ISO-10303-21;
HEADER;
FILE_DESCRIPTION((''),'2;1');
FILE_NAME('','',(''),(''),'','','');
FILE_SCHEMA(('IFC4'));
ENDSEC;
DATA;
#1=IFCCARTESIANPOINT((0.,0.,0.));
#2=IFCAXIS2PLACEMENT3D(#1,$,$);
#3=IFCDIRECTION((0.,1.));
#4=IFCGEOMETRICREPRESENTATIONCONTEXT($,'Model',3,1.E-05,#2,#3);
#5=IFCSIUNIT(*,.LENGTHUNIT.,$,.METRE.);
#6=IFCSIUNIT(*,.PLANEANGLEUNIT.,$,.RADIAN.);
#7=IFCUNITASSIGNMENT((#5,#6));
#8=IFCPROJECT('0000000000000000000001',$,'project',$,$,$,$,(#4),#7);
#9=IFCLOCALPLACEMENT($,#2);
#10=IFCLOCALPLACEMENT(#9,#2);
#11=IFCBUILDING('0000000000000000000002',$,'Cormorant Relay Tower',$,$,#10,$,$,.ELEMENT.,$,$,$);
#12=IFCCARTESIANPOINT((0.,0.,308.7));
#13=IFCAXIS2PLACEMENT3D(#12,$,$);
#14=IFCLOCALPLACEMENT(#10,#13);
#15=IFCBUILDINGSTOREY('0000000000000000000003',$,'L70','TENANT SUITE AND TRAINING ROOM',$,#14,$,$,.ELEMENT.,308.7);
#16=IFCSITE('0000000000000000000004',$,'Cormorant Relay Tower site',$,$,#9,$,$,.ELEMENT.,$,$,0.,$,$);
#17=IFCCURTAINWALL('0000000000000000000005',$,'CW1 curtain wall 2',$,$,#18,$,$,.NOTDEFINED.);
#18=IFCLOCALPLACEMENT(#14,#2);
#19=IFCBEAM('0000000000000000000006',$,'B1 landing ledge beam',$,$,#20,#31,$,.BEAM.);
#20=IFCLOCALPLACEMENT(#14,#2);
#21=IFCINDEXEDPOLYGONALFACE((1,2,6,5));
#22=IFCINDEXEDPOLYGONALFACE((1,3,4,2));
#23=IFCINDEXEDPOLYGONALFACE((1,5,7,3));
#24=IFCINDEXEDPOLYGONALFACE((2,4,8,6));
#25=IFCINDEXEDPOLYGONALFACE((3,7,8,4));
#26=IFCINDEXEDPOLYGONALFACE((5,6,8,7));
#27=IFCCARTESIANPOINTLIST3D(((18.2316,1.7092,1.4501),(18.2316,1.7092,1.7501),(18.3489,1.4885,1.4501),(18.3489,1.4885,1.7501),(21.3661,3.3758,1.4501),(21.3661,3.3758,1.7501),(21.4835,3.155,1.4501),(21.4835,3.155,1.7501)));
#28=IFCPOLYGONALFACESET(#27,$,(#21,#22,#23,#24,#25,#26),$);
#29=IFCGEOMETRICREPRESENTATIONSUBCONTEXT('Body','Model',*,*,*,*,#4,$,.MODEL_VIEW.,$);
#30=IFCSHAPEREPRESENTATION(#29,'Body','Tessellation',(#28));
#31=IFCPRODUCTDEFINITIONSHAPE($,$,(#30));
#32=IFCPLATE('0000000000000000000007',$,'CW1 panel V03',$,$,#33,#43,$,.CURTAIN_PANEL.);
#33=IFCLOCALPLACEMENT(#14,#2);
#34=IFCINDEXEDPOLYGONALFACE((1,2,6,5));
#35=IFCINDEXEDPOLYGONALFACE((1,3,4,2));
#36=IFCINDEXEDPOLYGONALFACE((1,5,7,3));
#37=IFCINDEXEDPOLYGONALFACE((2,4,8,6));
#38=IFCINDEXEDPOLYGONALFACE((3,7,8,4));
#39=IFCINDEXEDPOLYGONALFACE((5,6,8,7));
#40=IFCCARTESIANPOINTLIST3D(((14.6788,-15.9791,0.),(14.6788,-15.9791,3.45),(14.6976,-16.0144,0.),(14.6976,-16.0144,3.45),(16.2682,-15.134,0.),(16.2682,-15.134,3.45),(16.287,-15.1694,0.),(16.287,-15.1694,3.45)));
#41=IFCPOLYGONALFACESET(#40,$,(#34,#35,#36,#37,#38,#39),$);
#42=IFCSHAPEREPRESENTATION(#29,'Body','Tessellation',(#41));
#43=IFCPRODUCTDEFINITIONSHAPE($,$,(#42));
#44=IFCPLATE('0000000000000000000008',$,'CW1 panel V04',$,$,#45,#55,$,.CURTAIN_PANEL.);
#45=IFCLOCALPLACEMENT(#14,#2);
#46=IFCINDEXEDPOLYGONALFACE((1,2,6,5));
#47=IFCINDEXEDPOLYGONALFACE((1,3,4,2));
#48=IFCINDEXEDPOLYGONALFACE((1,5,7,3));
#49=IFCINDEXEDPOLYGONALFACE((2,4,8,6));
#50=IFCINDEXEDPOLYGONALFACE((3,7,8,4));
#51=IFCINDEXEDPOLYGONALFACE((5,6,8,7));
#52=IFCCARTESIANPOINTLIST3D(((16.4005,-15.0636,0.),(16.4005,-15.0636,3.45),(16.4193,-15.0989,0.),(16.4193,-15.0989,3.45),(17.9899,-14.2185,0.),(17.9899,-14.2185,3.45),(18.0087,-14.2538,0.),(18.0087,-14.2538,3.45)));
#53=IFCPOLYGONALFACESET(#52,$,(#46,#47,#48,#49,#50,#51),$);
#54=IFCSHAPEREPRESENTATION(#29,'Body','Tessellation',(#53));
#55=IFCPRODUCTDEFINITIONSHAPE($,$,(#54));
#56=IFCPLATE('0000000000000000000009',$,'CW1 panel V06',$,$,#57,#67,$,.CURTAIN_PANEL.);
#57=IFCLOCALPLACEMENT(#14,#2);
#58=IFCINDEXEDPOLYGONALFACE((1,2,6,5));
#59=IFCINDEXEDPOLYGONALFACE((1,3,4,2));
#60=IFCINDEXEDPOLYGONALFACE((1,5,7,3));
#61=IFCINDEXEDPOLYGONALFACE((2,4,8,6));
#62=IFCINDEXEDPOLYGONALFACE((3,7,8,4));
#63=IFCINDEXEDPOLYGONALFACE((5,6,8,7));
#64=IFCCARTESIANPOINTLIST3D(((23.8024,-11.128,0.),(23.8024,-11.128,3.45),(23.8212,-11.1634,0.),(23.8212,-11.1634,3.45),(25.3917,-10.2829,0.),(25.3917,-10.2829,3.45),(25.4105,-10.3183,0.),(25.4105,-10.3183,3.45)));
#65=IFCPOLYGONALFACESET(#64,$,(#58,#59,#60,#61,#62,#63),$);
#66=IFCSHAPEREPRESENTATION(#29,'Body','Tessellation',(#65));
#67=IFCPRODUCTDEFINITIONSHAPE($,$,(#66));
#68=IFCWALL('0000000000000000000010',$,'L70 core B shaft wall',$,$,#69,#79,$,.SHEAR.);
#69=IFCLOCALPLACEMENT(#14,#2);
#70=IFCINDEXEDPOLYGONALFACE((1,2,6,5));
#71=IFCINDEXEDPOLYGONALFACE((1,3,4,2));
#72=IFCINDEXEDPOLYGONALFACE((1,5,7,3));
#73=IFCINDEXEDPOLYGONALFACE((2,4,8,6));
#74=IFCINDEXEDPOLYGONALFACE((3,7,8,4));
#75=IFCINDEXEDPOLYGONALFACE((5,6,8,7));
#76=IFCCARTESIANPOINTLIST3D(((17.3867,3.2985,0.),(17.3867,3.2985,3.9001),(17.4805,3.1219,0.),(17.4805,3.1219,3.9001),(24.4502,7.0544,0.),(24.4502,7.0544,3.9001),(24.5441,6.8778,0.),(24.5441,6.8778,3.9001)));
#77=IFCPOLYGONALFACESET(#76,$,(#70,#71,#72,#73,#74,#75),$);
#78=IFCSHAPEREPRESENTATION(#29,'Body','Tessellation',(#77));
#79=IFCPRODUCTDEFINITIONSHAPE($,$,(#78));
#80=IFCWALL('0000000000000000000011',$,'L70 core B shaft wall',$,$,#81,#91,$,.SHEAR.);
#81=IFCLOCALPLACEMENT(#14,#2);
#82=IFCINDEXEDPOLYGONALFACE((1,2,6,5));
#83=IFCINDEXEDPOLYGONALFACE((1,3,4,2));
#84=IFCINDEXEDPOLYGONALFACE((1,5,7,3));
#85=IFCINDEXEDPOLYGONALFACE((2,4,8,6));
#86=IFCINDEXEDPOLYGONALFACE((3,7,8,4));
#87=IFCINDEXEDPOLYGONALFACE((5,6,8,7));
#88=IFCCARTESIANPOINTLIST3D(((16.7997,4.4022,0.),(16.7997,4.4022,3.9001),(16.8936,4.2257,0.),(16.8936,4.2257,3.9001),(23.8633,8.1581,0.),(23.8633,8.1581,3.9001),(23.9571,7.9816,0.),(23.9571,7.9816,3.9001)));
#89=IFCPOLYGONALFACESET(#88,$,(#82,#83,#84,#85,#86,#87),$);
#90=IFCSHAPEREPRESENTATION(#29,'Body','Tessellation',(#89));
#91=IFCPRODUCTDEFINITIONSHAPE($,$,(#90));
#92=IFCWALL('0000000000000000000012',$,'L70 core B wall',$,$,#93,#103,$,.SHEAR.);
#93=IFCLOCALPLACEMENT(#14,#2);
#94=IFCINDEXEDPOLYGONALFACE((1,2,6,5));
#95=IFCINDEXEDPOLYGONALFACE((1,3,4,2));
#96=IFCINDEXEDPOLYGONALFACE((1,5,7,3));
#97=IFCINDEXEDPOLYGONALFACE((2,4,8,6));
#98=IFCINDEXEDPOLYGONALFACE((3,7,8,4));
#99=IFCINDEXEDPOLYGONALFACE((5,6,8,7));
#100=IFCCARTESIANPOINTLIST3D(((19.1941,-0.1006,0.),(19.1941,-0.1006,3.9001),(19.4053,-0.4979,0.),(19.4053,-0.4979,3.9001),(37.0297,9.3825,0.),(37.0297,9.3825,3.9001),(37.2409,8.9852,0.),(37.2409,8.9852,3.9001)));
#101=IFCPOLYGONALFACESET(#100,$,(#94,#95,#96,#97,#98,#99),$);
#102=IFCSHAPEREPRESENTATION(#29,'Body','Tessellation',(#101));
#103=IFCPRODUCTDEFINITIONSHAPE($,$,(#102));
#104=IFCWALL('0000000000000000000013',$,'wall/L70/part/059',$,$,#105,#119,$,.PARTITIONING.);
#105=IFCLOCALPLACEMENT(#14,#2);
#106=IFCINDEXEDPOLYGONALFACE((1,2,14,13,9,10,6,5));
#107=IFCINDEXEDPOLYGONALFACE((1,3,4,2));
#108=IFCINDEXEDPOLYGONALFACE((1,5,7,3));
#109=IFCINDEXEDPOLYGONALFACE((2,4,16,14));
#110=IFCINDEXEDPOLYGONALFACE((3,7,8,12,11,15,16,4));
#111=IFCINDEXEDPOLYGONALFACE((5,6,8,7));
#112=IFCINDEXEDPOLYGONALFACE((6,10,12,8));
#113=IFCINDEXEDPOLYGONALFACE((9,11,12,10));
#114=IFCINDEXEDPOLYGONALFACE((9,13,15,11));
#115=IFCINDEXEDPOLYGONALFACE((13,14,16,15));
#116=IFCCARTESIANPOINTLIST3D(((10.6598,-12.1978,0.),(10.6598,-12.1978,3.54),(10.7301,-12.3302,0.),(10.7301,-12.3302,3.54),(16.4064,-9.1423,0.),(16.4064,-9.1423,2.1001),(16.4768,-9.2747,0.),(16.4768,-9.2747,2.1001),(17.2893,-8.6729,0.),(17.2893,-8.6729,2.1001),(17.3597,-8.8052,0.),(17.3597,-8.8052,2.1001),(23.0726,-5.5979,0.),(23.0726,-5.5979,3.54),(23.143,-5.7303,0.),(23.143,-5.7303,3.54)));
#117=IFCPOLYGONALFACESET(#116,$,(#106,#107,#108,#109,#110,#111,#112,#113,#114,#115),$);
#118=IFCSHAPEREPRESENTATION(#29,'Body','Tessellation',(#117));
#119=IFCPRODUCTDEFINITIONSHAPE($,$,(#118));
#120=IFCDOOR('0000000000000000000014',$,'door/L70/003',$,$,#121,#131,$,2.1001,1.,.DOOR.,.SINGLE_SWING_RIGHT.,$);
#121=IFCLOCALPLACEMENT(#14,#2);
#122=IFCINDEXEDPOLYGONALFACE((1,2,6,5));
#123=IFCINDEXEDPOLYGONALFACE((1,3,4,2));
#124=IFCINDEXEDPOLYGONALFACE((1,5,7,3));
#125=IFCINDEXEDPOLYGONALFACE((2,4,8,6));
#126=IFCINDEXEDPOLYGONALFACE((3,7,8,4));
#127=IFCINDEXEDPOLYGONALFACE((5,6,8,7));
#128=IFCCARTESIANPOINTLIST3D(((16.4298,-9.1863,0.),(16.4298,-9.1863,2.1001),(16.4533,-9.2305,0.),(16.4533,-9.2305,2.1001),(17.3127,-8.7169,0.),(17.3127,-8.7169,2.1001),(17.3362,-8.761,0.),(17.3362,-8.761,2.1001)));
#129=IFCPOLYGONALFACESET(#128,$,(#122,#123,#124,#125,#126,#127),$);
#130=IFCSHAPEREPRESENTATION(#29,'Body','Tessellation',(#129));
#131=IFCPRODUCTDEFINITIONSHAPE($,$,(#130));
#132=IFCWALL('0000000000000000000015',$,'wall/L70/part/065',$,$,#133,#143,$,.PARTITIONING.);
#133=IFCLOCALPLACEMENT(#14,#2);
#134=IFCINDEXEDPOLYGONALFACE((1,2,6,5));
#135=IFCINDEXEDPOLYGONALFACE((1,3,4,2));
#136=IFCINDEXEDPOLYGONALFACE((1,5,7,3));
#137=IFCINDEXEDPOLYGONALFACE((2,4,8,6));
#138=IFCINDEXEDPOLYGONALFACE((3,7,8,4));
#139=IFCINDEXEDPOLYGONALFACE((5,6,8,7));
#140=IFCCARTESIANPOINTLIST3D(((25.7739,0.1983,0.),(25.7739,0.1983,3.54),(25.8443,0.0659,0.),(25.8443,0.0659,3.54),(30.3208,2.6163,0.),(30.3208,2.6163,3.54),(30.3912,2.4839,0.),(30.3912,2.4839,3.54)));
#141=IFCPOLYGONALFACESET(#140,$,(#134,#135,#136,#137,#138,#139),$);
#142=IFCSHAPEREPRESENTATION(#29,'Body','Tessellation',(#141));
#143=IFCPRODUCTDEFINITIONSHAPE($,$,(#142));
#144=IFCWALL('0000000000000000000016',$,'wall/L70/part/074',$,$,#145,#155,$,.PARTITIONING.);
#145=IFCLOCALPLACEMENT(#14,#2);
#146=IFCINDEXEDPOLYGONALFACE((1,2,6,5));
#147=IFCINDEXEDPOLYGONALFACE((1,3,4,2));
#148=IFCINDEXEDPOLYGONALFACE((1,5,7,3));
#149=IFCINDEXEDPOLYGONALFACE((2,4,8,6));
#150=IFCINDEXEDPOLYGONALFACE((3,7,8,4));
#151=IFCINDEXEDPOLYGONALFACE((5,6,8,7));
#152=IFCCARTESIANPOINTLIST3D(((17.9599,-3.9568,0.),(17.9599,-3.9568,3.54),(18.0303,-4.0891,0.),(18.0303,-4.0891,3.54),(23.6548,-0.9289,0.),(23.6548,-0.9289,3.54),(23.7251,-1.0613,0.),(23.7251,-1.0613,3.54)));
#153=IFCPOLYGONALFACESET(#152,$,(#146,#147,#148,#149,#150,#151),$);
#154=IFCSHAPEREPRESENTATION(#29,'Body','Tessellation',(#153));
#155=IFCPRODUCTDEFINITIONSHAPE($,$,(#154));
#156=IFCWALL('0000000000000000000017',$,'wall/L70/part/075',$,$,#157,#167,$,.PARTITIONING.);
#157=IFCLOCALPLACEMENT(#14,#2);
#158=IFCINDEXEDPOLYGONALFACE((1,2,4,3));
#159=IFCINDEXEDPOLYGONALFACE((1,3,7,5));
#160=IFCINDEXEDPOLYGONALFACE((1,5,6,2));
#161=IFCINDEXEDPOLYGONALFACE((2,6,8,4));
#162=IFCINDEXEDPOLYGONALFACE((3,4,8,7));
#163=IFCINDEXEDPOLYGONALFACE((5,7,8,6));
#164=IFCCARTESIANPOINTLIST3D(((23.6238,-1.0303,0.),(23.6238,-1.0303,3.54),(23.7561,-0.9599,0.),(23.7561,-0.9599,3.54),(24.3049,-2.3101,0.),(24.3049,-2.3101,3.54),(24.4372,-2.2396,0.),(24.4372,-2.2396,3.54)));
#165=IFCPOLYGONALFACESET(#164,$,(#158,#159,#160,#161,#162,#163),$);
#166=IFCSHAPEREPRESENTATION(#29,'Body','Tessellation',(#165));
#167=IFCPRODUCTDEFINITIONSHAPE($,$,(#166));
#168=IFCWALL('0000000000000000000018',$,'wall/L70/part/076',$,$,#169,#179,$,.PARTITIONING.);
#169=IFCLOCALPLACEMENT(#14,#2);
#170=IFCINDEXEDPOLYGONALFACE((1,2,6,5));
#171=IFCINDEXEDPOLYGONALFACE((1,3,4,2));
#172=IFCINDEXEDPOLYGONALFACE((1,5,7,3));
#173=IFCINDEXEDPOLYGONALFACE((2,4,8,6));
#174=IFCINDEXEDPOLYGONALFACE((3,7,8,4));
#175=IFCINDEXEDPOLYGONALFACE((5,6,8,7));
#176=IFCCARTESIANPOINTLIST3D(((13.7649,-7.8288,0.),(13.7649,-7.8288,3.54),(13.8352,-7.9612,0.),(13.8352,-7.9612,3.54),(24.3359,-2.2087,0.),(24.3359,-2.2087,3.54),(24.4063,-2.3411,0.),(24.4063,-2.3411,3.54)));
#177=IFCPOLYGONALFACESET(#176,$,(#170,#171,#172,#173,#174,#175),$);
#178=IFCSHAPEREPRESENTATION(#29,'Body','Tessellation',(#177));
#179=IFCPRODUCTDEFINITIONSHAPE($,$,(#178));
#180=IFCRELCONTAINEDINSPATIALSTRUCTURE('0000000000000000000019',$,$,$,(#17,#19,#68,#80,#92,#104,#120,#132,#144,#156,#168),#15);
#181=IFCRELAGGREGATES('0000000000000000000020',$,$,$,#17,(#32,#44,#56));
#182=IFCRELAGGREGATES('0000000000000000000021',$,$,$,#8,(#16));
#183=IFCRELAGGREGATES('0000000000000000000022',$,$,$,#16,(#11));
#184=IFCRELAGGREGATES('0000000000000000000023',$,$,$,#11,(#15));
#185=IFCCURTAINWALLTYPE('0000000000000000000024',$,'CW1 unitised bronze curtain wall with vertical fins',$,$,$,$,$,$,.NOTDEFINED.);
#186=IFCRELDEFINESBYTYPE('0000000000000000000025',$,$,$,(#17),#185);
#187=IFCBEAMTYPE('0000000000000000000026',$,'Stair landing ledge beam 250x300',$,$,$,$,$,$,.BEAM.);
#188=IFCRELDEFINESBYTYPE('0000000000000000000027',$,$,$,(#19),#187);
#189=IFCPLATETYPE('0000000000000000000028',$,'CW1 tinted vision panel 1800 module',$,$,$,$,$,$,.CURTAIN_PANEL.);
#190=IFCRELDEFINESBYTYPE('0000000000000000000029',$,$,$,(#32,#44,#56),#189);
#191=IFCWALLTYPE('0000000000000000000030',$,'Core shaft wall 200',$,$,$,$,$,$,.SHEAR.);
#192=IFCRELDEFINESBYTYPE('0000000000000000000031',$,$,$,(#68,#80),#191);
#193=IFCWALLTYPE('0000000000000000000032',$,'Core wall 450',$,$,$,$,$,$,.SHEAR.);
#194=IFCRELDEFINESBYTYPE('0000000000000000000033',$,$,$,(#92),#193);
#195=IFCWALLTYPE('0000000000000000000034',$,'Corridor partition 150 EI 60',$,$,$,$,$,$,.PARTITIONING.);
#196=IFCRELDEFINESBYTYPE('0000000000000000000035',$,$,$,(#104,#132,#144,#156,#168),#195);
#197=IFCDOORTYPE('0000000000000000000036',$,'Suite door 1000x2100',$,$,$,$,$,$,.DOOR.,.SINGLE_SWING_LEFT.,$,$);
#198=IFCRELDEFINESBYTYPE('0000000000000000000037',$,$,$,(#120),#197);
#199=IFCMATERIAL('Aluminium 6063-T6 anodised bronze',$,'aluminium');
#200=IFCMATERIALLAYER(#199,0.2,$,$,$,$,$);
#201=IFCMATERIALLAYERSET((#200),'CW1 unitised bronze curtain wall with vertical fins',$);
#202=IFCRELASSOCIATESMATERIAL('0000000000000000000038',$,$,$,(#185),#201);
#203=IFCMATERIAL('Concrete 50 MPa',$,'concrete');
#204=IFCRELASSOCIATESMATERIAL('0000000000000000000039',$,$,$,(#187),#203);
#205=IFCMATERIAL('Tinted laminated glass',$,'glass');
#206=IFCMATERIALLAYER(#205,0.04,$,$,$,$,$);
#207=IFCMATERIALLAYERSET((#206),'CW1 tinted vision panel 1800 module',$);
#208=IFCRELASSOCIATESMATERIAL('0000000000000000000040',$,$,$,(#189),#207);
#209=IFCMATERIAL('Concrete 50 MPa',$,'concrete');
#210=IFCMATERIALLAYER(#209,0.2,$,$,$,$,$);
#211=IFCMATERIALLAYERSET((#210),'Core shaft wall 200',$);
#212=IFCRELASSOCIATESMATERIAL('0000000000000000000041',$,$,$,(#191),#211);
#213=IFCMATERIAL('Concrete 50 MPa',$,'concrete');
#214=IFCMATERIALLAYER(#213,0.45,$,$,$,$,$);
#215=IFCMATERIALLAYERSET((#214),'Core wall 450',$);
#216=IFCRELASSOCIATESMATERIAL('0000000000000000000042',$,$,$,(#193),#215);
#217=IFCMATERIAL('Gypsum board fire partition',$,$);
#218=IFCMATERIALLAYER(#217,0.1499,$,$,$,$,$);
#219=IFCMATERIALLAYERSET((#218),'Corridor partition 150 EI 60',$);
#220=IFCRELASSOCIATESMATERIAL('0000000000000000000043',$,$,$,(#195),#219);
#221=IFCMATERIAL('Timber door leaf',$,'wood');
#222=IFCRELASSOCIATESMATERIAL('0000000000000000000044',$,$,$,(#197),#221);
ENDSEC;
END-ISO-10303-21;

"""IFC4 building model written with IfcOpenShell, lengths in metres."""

from ifc_helpers import new_model, si_unit, direction, frame, frame_2d, origin, origin_2d, place, context, subcontext, project, spatial, rectangle, extrude, material, layer, layer_set, material_profile, profile_set, type_object, element, fill, aggregate, save


model = new_model("IFC4")

# Units and contexts
model_context = context("Model", 3, precision=1e-05, world=origin(), true_north=direction((0.0, 1.0)))
body_context = subcontext(model_context, "Body", "Model", "MODEL_VIEW")
ifc_project = project(units=[si_unit("LENGTHUNIT", "METRE"), si_unit("PLANEANGLEUNIT", "RADIAN")], contexts=[model_context])

# Site, building, storey
site_placement = place(None, origin())
site = spatial("IfcSite", under=ifc_project, at=site_placement, Name="Cormorant Relay Tower site", CompositionType="ELEMENT", RefElevation=0.0)
building_placement = place(site_placement, origin())
building = spatial("IfcBuilding", under=site, at=building_placement, Name="Cormorant Relay Tower", CompositionType="ELEMENT")
storey_placement = place(building_placement, frame((0.0, 0.0, 308.7)))
storey = spatial("IfcBuildingStorey", under=building, at=storey_placement, Name="L70", Description="TENANT SUITE AND TRAINING ROOM", CompositionType="ELEMENT", Elevation=308.7)

# Curtain wall
ifc_material_1 = material(Name="Aluminium 6063-T6 anodised bronze", Category="aluminium")
ifc_layer_1 = layer(ifc_material_1, 0.2)
ifc_layer_set_1 = layer_set([ifc_layer_1], Name="CW1 unitised bronze curtain wall with vertical fins")
curtain_wall_type = type_object("IfcCurtainWallType", Name="CW1 unitised bronze curtain wall with vertical fins", PredefinedType="NOTDEFINED", material=ifc_layer_set_1)
curtain_wall_placement = place(storey_placement, origin())
curtain_wall = element("IfcCurtainWall", 1, at=curtain_wall_placement, inside=storey, type_object=curtain_wall_type, Name="CW1 curtain wall 2", PredefinedType="NOTDEFINED")

# Beam
ifc_material_2 = material(Name="Concrete 50 MPa", Category="concrete")
ifc_material_profile_1 = material_profile(ifc_material_2, rectangle(XDim=0.25, YDim=0.3, at=origin_2d()), Name="RC 250x300")
ifc_profile_set_1 = profile_set([ifc_material_profile_1], Name="Concrete 50 MPa")
beam_type_1 = type_object("IfcBeamType", Name="Stair landing ledge beam 250x300", PredefinedType="BEAM", material=ifc_profile_set_1)
beam_1_placement = place(storey_placement, frame((21.4248, 3.2654, 1.6001), z_axis=(-0.882965, -0.469438, 0.0), x_axis=(0.469438, -0.882965, 0.0)))
element("IfcBeam", 2, at=beam_1_placement, inside=storey, type_object=beam_type_1, Name="B1 landing ledge beam", PredefinedType="BEAM", context=body_context, shape_type="SweptSolid", body=[
    extrude(rectangle(XDim=0.25, YDim=0.3, at=origin_2d()), origin(), (0.0, 0.0, 1.0), 3.55),
])

# Plates
ifc_material_3 = material(Name="Tinted laminated glass", Category="glass")
ifc_layer_2 = layer(ifc_material_3, 0.04)
ifc_layer_set_2 = layer_set([ifc_layer_2], Name="CW1 tinted vision panel 1800 module")
plate_type = type_object("IfcPlateType", Name="CW1 tinted vision panel 1800 module", PredefinedType="CURTAIN_PANEL", material=ifc_layer_set_2)
plate_1_placement = place(storey_placement, frame((15.4829, -15.5742, 0.0), z_axis=(0.0, 0.0, 1.0), x_axis=(0.882948, 0.469472, 0.0)))
plate_1 = element("IfcPlate", 3, at=plate_1_placement, type_object=plate_type, Name="CW1 panel V03", PredefinedType="CURTAIN_PANEL", context=body_context, shape_type="SweptSolid", body=[
    extrude(rectangle(XDim=1.8, YDim=0.04, at=origin_2d()), origin(), (0.0, 0.0, 1.0), 3.45),
])
plate_2_placement = place(storey_placement, frame((17.2046, -14.6587, 0.0), z_axis=(0.0, 0.0, 1.0), x_axis=(0.882948, 0.469472, 0.0)))
plate_2 = element("IfcPlate", 4, at=plate_2_placement, type_object=plate_type, Name="CW1 panel V04", PredefinedType="CURTAIN_PANEL", context=body_context, shape_type="SweptSolid", body=[
    extrude(rectangle(XDim=1.8, YDim=0.04, at=origin_2d()), origin(), (0.0, 0.0, 1.0), 3.45),
])
plate_3_placement = place(storey_placement, frame((24.6064, -10.7231, 0.0), z_axis=(0.0, 0.0, 1.0), x_axis=(0.882948, 0.469472, 0.0)))
plate_3 = element("IfcPlate", 5, at=plate_3_placement, type_object=plate_type, Name="CW1 panel V06", PredefinedType="CURTAIN_PANEL", context=body_context, shape_type="SweptSolid", body=[
    extrude(rectangle(XDim=1.8, YDim=0.04, at=origin_2d()), origin(), (0.0, 0.0, 1.0), 3.45),
])

# Walls
ifc_material_4 = material(Name="Concrete 50 MPa", Category="concrete")
ifc_layer_3 = layer(ifc_material_4, 0.2)
ifc_layer_set_3 = layer_set([ifc_layer_3], Name="Core shaft wall 200")
wall_type_1 = type_object("IfcWallType", Name="Core shaft wall 200", PredefinedType="SHEAR", material=ifc_layer_set_3)
for number, where, z_axis, x_axis, name in (
    (6, (17.4336, 3.2102, 0.0), (0.0, 0.0, 1.0), (0.88294, 0.469485, 0.0), "L70 core B shaft wall"),
    (7, (16.8467, 4.314, 0.0), (0.0, 0.0, 1.0), (0.88294, 0.469485, 0.0), "L70 core B shaft wall"),
):
    element("IfcWall", number, at=place(storey_placement, frame(where, z_axis=z_axis, x_axis=x_axis)), inside=storey, type_object=wall_type_1, Name=name, PredefinedType="SHEAR", context=body_context, shape_type="SweptSolid", body=[
        extrude(rectangle(XDim=8.0, YDim=0.2, at=frame_2d((4.0, 0.0))), origin(), (0.0, 0.0, 1.0), 3.9001),
    ])

# Shared definitions
ifc_material_5 = material(Name="Concrete 50 MPa", Category="concrete")
ifc_layer_4 = layer(ifc_material_5, 0.45)
ifc_layer_set_4 = layer_set([ifc_layer_4], Name="Core wall 450")
wall_type_2 = type_object("IfcWallType", Name="Core wall 450", PredefinedType="SHEAR", material=ifc_layer_set_4)

# Wall
wall_1_placement = place(storey_placement, frame((19.2996, -0.2993, 0.0), z_axis=(0.0, 0.0, 1.0), x_axis=(0.882953, 0.469462, 0.0)))
element("IfcWall", 8, at=wall_1_placement, inside=storey, type_object=wall_type_2, Name="L70 core B wall", PredefinedType="SHEAR", context=body_context, shape_type="SweptSolid", body=[
    extrude(rectangle(XDim=20.2, YDim=0.45, at=frame_2d((10.1001, 0.0))), origin(), (0.0, 0.0, 1.0), 3.9001),
])

# Wall, opening, door
ifc_material_6 = material(Name="Gypsum board fire partition")
ifc_layer_5 = layer(ifc_material_6, 0.1499)
ifc_layer_set_5 = layer_set([ifc_layer_5], Name="Corridor partition 150 EI 60")
wall_type_3 = type_object("IfcWallType", Name="Corridor partition 150 EI 60", PredefinedType="PARTITIONING", material=ifc_layer_set_5)
wall_2_placement = place(storey_placement, frame((23.1079, -5.6641, 0.0), z_axis=(0.0, 0.0, 1.0), x_axis=(-0.882953, -0.469462, 0.0)))
wall_2 = element("IfcWall", 9, at=wall_2_placement, inside=storey, type_object=wall_type_3, Name="wall/L70/part/059", PredefinedType="PARTITIONING", context=body_context, shape_type="SweptSolid", body=[
    extrude(rectangle(XDim=14.0583, YDim=0.1499, at=frame_2d((7.0293, 0.0))), origin(), (0.0, 0.0, 1.0), 3.54),
])
opening_1_placement = place(wall_2_placement, frame((6.55, 0.0, 0.0)))
opening_1 = element("IfcOpeningElement", 10, at=opening_1_placement, cuts=wall_2, PredefinedType="OPENING", context=body_context, shape_type="SweptSolid", body=[
    extrude(rectangle(XDim=1.0, YDim=2.1001, at=frame_2d((0.5, 1.05))), frame((0.0, 0.085, 0.0), z_axis=(0.0, -1.0, 0.0), x_axis=(1.0, 0.0, 0.0)), (0.0, 0.0, 1.0), 0.1699),
])
ifc_material_7 = material(Name="Timber door leaf", Category="wood")
door_type_1 = type_object("IfcDoorType", Name="Suite door 1000x2100", OperationType="SINGLE_SWING_LEFT", PredefinedType="DOOR", material=ifc_material_7)
door_1_placement = place(opening_1_placement, origin())
door_1 = element("IfcDoor", 11, at=door_1_placement, inside=storey, type_object=door_type_1, Name="door/L70/003", OperationType="SINGLE_SWING_RIGHT", OverallHeight=2.1001, OverallWidth=1.0, PredefinedType="DOOR", context=body_context, shape_type="SweptSolid", body=[
    extrude(rectangle(XDim=1.0, YDim=2.1001, at=frame_2d((0.5, 1.05))), frame((0.0, 0.0249, 0.0), z_axis=(0.0, -1.0, 0.0), x_axis=(1.0, 0.0, 0.0)), (0.0, 0.0, 1.0), 0.05),
])
fill(opening_1, door_1)

# Walls
wall_3_placement = place(storey_placement, frame((25.8091, 0.1321, 0.0), z_axis=(0.0, 0.0, 1.0), x_axis=(0.882919, 0.469525, 0.0)))
element("IfcWall", 12, at=wall_3_placement, inside=storey, type_object=wall_type_3, Name="wall/L70/part/065", PredefinedType="PARTITIONING", context=body_context, shape_type="SweptSolid", body=[
    extrude(rectangle(XDim=5.1499, YDim=0.1499, at=frame_2d((2.575, 0.0))), origin(), (0.0, 0.0, 1.0), 3.54),
])
wall_4_placement = place(storey_placement, frame((17.9951, -4.0229, 0.0), z_axis=(0.0, 0.0, 1.0), x_axis=(0.882958, 0.469452, 0.0)))
element("IfcWall", 13, at=wall_4_placement, inside=storey, type_object=wall_type_3, Name="wall/L70/part/074", PredefinedType="PARTITIONING", context=body_context, shape_type="SweptSolid", body=[
    extrude(rectangle(XDim=6.4497, YDim=0.1499, at=frame_2d((3.2249, 0.0))), origin(), (0.0, 0.0, 1.0), 3.54),
])
wall_5_placement = place(storey_placement, frame((23.6899, -0.9951, 0.0), z_axis=(0.0, 0.0, 1.0), x_axis=(0.469836, -0.882754, 0.0)))
element("IfcWall", 14, at=wall_5_placement, inside=storey, type_object=wall_type_3, Name="wall/L70/part/075", PredefinedType="PARTITIONING", context=body_context, shape_type="SweptSolid", body=[
    extrude(rectangle(XDim=1.4497, YDim=0.1499, at=frame_2d((0.7249, 0.0))), origin(), (0.0, 0.0, 1.0), 3.54),
])
wall_6_placement = place(storey_placement, frame((24.3711, -2.2749, 0.0), z_axis=(0.0, 0.0, 1.0), x_axis=(-0.882969, -0.469432, 0.0)))
element("IfcWall", 15, at=wall_6_placement, inside=storey, type_object=wall_type_3, Name="wall/L70/part/076", PredefinedType="PARTITIONING", context=body_context, shape_type="SweptSolid", body=[
    extrude(rectangle(XDim=11.9722, YDim=0.1499, at=frame_2d((5.9861, 0.0))), origin(), (0.0, 0.0, 1.0), 3.54),
])

aggregate(curtain_wall, [plate_1, plate_2, plate_3])

save(model, "model.ifc")
